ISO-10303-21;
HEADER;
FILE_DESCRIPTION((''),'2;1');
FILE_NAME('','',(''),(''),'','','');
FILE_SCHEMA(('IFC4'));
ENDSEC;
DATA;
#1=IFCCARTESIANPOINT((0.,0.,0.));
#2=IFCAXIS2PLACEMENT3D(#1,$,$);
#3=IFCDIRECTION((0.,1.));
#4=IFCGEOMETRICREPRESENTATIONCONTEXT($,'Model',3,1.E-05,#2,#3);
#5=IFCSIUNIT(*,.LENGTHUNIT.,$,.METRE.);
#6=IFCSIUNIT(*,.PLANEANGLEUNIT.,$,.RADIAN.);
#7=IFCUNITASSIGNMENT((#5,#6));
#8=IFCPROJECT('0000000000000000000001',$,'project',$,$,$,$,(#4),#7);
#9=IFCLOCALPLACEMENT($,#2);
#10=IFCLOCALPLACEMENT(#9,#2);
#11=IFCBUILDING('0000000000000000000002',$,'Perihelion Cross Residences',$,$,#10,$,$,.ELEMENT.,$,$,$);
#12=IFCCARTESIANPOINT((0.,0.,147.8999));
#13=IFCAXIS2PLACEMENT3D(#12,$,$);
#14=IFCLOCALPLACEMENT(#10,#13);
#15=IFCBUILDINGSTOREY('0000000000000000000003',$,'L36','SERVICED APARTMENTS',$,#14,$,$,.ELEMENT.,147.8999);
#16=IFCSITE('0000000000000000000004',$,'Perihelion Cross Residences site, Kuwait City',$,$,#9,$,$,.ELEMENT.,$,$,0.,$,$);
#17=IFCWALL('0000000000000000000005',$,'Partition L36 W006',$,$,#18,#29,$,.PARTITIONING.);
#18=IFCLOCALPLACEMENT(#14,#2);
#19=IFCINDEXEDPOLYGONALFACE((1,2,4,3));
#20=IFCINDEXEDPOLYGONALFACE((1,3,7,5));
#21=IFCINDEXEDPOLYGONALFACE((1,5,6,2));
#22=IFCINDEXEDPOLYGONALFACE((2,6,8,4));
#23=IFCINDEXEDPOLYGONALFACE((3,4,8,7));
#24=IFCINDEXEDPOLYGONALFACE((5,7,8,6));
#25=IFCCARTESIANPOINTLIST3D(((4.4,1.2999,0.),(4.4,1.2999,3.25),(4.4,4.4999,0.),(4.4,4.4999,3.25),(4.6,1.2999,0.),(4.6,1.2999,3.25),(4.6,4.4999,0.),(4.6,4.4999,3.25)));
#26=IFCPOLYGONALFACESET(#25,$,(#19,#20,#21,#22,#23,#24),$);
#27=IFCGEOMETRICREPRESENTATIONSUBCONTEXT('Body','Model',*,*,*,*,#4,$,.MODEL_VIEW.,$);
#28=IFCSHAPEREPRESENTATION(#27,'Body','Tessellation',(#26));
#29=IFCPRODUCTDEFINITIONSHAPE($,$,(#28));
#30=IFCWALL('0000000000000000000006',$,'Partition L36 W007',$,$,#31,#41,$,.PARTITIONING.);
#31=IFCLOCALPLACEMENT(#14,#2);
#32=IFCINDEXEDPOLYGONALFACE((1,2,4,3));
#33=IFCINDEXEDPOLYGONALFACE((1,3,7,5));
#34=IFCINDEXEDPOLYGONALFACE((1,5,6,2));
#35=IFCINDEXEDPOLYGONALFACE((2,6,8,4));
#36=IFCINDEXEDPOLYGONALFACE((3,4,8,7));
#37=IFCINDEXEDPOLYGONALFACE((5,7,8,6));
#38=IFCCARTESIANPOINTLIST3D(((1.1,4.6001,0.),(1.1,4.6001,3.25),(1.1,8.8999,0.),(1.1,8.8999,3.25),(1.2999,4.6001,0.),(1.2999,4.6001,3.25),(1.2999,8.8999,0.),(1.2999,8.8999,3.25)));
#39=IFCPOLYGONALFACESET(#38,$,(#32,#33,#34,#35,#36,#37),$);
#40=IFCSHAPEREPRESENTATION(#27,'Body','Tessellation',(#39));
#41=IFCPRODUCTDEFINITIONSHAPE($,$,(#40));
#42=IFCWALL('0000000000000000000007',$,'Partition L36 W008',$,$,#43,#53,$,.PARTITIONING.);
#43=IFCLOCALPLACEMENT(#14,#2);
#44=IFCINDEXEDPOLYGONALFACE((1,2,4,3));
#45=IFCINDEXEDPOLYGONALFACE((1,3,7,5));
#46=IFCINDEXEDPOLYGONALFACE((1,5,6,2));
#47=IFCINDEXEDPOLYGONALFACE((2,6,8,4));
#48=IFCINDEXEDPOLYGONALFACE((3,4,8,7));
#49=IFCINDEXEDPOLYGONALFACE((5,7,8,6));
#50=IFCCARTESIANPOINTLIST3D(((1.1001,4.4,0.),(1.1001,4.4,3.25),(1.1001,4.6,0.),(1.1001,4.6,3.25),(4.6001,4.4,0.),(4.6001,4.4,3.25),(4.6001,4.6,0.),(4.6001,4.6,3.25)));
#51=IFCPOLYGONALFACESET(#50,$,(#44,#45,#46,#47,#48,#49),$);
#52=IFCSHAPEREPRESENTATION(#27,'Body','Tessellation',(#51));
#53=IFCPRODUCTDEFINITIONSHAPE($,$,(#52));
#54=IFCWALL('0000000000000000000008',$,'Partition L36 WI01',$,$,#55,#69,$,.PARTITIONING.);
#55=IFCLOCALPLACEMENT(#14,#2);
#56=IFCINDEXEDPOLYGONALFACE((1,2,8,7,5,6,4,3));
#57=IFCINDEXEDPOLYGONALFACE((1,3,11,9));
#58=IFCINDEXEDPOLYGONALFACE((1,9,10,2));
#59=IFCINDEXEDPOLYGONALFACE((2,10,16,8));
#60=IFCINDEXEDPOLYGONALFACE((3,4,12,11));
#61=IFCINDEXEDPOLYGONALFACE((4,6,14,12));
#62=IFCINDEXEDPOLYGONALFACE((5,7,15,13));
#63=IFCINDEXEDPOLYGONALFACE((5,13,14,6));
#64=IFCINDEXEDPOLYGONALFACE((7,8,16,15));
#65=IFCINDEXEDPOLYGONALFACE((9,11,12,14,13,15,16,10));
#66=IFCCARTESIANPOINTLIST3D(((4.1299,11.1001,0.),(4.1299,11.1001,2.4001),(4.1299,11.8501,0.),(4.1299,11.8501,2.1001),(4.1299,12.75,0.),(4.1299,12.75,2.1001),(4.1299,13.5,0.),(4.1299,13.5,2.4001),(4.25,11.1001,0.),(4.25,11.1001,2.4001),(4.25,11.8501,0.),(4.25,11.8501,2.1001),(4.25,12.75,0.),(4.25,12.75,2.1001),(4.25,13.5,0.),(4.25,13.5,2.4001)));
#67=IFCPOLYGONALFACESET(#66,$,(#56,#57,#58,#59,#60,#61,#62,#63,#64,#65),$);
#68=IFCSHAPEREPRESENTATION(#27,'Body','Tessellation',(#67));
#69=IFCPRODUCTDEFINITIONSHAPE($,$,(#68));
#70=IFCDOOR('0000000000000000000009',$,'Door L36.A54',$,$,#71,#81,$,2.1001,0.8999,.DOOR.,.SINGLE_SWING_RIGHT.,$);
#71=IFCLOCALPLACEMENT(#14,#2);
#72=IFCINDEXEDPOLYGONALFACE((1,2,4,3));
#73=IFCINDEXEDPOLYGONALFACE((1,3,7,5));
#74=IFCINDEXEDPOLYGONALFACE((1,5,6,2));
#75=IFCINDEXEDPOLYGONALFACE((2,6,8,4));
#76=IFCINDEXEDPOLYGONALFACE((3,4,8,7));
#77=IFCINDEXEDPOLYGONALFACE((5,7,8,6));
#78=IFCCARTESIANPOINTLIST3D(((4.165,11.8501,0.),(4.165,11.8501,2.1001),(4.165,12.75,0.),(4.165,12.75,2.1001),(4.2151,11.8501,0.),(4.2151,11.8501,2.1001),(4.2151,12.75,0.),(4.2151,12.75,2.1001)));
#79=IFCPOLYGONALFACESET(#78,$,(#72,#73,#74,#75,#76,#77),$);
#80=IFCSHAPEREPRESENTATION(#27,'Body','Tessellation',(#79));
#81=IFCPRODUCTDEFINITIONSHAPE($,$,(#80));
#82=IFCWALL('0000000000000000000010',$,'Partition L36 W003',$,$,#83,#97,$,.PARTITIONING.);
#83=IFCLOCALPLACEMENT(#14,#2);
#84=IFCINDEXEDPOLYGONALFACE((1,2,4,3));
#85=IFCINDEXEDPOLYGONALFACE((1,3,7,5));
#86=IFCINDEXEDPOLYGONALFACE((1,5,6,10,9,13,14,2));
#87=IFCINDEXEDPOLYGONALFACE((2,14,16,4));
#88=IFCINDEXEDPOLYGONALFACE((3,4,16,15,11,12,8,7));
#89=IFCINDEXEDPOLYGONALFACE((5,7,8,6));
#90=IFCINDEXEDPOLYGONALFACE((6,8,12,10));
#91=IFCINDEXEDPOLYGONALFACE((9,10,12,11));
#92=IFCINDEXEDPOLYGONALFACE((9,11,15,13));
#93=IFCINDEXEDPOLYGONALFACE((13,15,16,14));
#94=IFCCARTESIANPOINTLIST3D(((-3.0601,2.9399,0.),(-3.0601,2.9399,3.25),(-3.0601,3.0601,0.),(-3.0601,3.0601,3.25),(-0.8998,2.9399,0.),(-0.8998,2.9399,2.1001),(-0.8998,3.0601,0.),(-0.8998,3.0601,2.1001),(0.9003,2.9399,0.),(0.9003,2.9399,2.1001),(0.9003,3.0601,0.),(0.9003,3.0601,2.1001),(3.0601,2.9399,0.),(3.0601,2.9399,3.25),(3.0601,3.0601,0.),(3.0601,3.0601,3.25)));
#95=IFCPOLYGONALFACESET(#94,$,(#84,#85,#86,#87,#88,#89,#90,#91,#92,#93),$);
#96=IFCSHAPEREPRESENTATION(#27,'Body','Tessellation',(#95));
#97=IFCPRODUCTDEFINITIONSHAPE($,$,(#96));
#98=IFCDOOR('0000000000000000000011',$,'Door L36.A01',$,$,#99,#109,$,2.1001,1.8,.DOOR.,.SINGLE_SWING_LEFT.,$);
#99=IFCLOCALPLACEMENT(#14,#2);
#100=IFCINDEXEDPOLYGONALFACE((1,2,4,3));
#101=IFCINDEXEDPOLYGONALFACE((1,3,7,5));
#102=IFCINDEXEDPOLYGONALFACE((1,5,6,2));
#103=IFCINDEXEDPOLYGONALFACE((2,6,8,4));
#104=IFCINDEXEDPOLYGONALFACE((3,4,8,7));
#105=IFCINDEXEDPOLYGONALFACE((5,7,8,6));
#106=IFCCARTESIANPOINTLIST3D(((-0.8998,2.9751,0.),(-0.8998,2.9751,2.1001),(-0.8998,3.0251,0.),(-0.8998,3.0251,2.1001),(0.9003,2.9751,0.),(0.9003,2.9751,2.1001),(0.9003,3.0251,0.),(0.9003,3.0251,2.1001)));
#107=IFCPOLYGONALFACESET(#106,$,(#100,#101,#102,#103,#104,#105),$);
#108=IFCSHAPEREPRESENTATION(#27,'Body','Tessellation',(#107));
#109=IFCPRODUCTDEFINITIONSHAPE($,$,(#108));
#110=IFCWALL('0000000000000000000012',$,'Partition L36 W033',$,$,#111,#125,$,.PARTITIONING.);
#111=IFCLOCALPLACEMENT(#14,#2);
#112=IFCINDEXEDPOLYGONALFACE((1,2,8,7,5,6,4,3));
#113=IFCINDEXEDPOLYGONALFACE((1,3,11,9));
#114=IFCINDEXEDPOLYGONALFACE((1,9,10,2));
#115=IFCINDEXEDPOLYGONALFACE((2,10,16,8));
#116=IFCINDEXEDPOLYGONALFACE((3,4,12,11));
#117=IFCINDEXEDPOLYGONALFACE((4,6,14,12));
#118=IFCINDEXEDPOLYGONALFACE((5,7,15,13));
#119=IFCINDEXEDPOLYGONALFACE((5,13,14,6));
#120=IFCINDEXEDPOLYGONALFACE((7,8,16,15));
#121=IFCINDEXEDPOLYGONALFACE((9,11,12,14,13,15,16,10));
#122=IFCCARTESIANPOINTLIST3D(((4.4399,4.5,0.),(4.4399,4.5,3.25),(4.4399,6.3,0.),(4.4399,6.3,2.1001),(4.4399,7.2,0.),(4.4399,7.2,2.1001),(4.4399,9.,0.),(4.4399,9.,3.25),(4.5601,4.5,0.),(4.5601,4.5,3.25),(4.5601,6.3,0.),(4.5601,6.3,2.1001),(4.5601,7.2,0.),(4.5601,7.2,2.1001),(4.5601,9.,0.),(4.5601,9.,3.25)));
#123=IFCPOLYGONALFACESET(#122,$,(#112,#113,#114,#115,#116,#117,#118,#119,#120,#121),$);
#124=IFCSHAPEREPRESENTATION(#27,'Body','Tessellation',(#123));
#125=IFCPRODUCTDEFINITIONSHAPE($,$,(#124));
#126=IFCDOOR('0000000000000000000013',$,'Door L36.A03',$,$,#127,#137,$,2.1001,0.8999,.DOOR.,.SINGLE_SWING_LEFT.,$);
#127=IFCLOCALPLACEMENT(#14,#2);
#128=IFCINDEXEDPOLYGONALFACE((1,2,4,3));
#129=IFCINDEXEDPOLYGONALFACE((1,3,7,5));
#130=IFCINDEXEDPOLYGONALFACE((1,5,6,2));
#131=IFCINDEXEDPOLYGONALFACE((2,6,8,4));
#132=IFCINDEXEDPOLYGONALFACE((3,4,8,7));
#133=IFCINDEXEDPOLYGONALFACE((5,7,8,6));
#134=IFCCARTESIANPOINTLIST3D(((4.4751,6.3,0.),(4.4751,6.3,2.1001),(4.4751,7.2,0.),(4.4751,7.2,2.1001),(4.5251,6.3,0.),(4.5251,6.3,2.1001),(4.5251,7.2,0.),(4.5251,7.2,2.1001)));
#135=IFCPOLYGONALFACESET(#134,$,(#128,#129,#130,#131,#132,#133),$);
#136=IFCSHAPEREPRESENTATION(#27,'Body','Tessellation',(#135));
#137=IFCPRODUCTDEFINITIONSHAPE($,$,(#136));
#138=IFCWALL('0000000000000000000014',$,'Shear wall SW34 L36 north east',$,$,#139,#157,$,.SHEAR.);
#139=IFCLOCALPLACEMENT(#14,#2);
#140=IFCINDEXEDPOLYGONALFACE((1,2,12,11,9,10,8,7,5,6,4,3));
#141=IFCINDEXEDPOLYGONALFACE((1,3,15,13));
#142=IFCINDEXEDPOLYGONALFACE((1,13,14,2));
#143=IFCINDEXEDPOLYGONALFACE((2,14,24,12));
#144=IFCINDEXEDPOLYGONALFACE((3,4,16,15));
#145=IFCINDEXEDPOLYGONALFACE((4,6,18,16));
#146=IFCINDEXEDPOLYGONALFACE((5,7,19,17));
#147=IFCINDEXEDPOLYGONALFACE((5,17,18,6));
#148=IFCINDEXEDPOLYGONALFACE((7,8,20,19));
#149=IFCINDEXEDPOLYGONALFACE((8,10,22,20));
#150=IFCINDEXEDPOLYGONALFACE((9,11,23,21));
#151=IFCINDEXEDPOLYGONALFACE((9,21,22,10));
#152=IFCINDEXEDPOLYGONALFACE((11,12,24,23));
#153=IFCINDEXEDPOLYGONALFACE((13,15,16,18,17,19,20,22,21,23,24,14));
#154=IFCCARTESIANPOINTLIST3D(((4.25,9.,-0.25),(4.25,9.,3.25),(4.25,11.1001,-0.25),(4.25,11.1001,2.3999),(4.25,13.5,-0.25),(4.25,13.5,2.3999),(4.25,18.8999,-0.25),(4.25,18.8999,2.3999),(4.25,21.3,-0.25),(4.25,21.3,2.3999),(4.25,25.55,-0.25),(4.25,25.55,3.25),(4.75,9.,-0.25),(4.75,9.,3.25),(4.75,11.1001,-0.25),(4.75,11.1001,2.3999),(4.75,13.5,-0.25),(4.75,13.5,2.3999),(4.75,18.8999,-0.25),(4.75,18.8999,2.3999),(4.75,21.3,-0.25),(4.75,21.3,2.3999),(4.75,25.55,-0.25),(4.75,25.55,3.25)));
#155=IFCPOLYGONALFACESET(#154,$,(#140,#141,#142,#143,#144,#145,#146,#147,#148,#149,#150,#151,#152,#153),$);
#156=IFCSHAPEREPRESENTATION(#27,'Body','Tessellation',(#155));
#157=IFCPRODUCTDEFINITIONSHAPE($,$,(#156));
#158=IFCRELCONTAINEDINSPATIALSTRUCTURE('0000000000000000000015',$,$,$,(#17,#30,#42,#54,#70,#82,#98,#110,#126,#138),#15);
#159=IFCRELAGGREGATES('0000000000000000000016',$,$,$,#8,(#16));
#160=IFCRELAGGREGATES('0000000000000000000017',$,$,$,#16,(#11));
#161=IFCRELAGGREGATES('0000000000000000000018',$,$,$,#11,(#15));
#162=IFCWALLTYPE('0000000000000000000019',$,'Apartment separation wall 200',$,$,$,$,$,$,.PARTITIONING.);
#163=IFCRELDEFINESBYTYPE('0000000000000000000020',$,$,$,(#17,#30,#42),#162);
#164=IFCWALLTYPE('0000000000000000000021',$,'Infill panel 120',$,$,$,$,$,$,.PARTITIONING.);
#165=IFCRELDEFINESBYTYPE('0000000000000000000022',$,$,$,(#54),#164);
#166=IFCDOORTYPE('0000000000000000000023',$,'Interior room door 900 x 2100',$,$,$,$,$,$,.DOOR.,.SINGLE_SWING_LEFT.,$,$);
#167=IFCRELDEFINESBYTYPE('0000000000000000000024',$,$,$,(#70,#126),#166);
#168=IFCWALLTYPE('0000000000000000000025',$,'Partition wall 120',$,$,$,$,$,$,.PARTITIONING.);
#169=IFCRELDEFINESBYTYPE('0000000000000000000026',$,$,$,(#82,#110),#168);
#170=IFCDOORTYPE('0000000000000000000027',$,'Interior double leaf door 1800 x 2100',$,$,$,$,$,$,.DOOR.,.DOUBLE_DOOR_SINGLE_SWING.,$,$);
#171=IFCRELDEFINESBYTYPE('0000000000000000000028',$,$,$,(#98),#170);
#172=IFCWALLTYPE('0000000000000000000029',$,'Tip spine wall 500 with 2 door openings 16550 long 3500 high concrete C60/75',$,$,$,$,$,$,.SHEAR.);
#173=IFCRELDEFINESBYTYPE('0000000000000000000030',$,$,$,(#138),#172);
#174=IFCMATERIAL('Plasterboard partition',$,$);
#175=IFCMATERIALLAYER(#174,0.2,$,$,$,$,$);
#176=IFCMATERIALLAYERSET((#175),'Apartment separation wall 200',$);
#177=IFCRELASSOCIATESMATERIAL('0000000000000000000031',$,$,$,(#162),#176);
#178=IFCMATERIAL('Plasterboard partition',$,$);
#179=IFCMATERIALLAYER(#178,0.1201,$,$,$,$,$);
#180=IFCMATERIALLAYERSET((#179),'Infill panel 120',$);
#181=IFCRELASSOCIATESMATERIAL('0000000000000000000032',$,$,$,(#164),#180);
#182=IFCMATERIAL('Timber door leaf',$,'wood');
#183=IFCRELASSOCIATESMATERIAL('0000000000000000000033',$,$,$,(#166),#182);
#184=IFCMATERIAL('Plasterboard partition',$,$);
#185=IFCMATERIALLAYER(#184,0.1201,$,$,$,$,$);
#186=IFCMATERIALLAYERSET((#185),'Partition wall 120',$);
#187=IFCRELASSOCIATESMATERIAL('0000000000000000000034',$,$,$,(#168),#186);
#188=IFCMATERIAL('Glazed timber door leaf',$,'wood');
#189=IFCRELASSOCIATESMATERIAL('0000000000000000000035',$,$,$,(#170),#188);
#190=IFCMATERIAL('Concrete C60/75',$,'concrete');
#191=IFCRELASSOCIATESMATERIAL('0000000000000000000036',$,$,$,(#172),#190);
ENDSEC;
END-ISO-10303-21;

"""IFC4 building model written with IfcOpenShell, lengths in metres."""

from ifc_helpers import new_model, si_unit, direction, frame, frame_2d, origin, place, context, subcontext, project, spatial, polyline, rectangle, outline, extrude, material, layer, layer_set, material_profile, profile_set, type_object, element, fill, save


model = new_model("IFC4")

# Units and contexts
model_context = context("Model", 3, precision=1e-05, world=origin(), true_north=direction((0.0, 1.0)))
body_context = subcontext(model_context, "Body", "Model", "MODEL_VIEW")
ifc_project = project(units=[si_unit("LENGTHUNIT", "METRE"), si_unit("PLANEANGLEUNIT", "RADIAN")], contexts=[model_context])

# Site, building, storey
site_placement = place(None, origin())
site = spatial("IfcSite", under=ifc_project, at=site_placement, Name="Perihelion Cross Residences site, Kuwait City", CompositionType="ELEMENT", RefElevation=0.0)
building_placement = place(site_placement, origin())
building = spatial("IfcBuilding", under=site, at=building_placement, Name="Perihelion Cross Residences", CompositionType="ELEMENT")
storey_placement = place(building_placement, frame((0.0, 0.0, 147.8999)))
storey = spatial("IfcBuildingStorey", under=building, at=storey_placement, Name="L36", Description="SERVICED APARTMENTS", CompositionType="ELEMENT", Elevation=147.8999)

# Shared definitions
ifc_material_1 = material(Name="Plasterboard partition")
ifc_layer_1 = layer(ifc_material_1, 0.2)
ifc_layer_set_1 = layer_set([ifc_layer_1], Name="Apartment separation wall 200")
wall_type_1 = type_object("IfcWallType", Name="Apartment separation wall 200", PredefinedType="PARTITIONING", material=ifc_layer_set_1)

# Walls
wall_1_placement = place(storey_placement, frame((4.5, 4.5, 0.0), z_axis=(0.0, 0.0, 1.0), x_axis=(0.0, -1.0, 0.0)))
element("IfcWall", 1, at=wall_1_placement, inside=storey, type_object=wall_type_1, Name="Partition L36 W006", PredefinedType="PARTITIONING", context=body_context, shape_type="SweptSolid", body=[
    extrude(rectangle(XDim=3.2, YDim=0.2, at=frame_2d((1.6001, 0.0))), origin(), (0.0, 0.0, 1.0), 3.25),
])
wall_2_placement = place(storey_placement, frame((1.2, 8.8999, 0.0), z_axis=(0.0, 0.0, 1.0), x_axis=(0.0, -1.0, 0.0)))
element("IfcWall", 2, at=wall_2_placement, inside=storey, type_object=wall_type_1, Name="Partition L36 W007", PredefinedType="PARTITIONING", context=body_context, shape_type="SweptSolid", body=[
    extrude(rectangle(XDim=4.2998, YDim=0.2, at=frame_2d((2.1499, 0.0))), origin(), (0.0, 0.0, 1.0), 3.25),
])
wall_3_placement = place(storey_placement, frame((1.1001, 4.5, 0.0), z_axis=(0.0, 0.0, 1.0), x_axis=(1.0, 0.0, 0.0)))
element("IfcWall", 3, at=wall_3_placement, inside=storey, type_object=wall_type_1, Name="Partition L36 W008", PredefinedType="PARTITIONING", context=body_context, shape_type="SweptSolid", body=[
    extrude(rectangle(XDim=3.5, YDim=0.2, at=frame_2d((1.75, 0.0))), origin(), (0.0, 0.0, 1.0), 3.25),
])

# Walls, openings, doors
ifc_material_2 = material(Name="Plasterboard partition")
ifc_layer_2 = layer(ifc_material_2, 0.1201)
ifc_layer_set_2 = layer_set([ifc_layer_2], Name="Infill panel 120")
wall_type_2 = type_object("IfcWallType", Name="Infill panel 120", PredefinedType="PARTITIONING", material=ifc_layer_set_2)
wall_4_placement = place(storey_placement, frame((4.1899, 11.1001, 0.0), z_axis=(0.0, 0.0, 1.0), x_axis=(0.0, 1.0, 0.0)))
wall_4 = element("IfcWall", 4, at=wall_4_placement, inside=storey, type_object=wall_type_2, Name="Partition L36 WI01", PredefinedType="PARTITIONING", context=body_context, shape_type="SweptSolid", body=[
    extrude(rectangle(XDim=2.3999, YDim=0.1201, at=frame_2d((1.2, 0.0))), origin(), (0.0, 0.0, 1.0), 2.4001),
])
opening_1_placement = place(wall_4_placement, frame((0.75, 0.0, 0.0)))
opening_1 = element("IfcOpeningElement", 5, at=opening_1_placement, cuts=wall_4, PredefinedType="OPENING", context=body_context, shape_type="SweptSolid", body=[
    extrude(rectangle(XDim=0.8999, YDim=2.1001, at=frame_2d((0.45, 1.05))), frame((0.0, 0.0701, 0.0), z_axis=(0.0, -1.0, 0.0), x_axis=(1.0, 0.0, 0.0)), (0.0, 0.0, 1.0), 0.1401),
])
ifc_material_3 = material(Name="Timber door leaf", Category="wood")
door_type_1 = type_object("IfcDoorType", Name="Interior room door 900 x 2100", OperationType="SINGLE_SWING_LEFT", PredefinedType="DOOR", material=ifc_material_3)
door_1_placement = place(opening_1_placement, origin())
door_1 = element("IfcDoor", 6, at=door_1_placement, inside=storey, type_object=door_type_1, Name="Door L36.A54", OperationType="SINGLE_SWING_RIGHT", OverallHeight=2.1001, OverallWidth=0.8999, PredefinedType="DOOR", context=body_context, shape_type="SweptSolid", body=[
    extrude(rectangle(XDim=0.8999, YDim=2.1001, at=frame_2d((0.45, 1.05))), frame((0.0, 0.0249, 0.0), z_axis=(0.0, -1.0, 0.0), x_axis=(1.0, 0.0, 0.0)), (0.0, 0.0, 1.0), 0.05),
])
fill(opening_1, door_1)
ifc_material_4 = material(Name="Plasterboard partition")
ifc_layer_3 = layer(ifc_material_4, 0.1201)
ifc_layer_set_3 = layer_set([ifc_layer_3], Name="Partition wall 120")
wall_type_3 = type_object("IfcWallType", Name="Partition wall 120", PredefinedType="PARTITIONING", material=ifc_layer_set_3)
wall_5_placement = place(storey_placement, frame((3.0601, 3.0, 0.0), z_axis=(0.0, 0.0, 1.0), x_axis=(-1.0, 0.0, 0.0)))
wall_5 = element("IfcWall", 7, at=wall_5_placement, inside=storey, type_object=wall_type_3, Name="Partition L36 W003", PredefinedType="PARTITIONING", context=body_context, shape_type="SweptSolid", body=[
    extrude(rectangle(XDim=6.1201, YDim=0.1201, at=frame_2d((3.0601, 0.0))), origin(), (0.0, 0.0, 1.0), 3.25),
])
opening_2_placement = place(wall_5_placement, frame((2.1599, 0.0, 0.0)))
opening_2 = element("IfcOpeningElement", 8, at=opening_2_placement, cuts=wall_5, PredefinedType="OPENING", context=body_context, shape_type="SweptSolid", body=[
    extrude(rectangle(XDim=1.8, YDim=2.1001, at=frame_2d((0.8999, 1.05))), frame((0.0, 0.0701, 0.0), z_axis=(0.0, -1.0, 0.0), x_axis=(1.0, 0.0, 0.0)), (0.0, 0.0, 1.0), 0.1401),
])
ifc_material_5 = material(Name="Glazed timber door leaf", Category="wood")
door_type_2 = type_object("IfcDoorType", Name="Interior double leaf door 1800 x 2100", OperationType="DOUBLE_DOOR_SINGLE_SWING", PredefinedType="DOOR", material=ifc_material_5)
door_2_placement = place(opening_2_placement, origin())
door_2 = element("IfcDoor", 9, at=door_2_placement, inside=storey, type_object=door_type_2, Name="Door L36.A01", OperationType="SINGLE_SWING_LEFT", OverallHeight=2.1001, OverallWidth=1.8, PredefinedType="DOOR", context=body_context, shape_type="SweptSolid", body=[
    extrude(rectangle(XDim=1.8, YDim=2.1001, at=frame_2d((0.8999, 1.05))), frame((0.0, 0.0249, 0.0), z_axis=(0.0, -1.0, 0.0), x_axis=(1.0, 0.0, 0.0)), (0.0, 0.0, 1.0), 0.05),
])
fill(opening_2, door_2)
wall_6_placement = place(storey_placement, frame((4.5, 4.5, 0.0), z_axis=(0.0, 0.0, 1.0), x_axis=(0.0, 1.0, 0.0)))
wall_6 = element("IfcWall", 10, at=wall_6_placement, inside=storey, type_object=wall_type_3, Name="Partition L36 W033", PredefinedType="PARTITIONING", context=body_context, shape_type="SweptSolid", body=[
    extrude(rectangle(XDim=4.5, YDim=0.1201, at=frame_2d((2.25, 0.0))), origin(), (0.0, 0.0, 1.0), 3.25),
])
opening_3_placement = place(wall_6_placement, frame((1.8, 0.0, 0.0)))
opening_3 = element("IfcOpeningElement", 11, at=opening_3_placement, cuts=wall_6, PredefinedType="OPENING", context=body_context, shape_type="SweptSolid", body=[
    extrude(rectangle(XDim=0.8999, YDim=2.1001, at=frame_2d((0.45, 1.05))), frame((0.0, 0.0701, 0.0), z_axis=(0.0, -1.0, 0.0), x_axis=(1.0, 0.0, 0.0)), (0.0, 0.0, 1.0), 0.1401),
])
door_3_placement = place(opening_3_placement, origin())
door_3 = element("IfcDoor", 12, at=door_3_placement, inside=storey, type_object=door_type_1, Name="Door L36.A03", OperationType="SINGLE_SWING_LEFT", OverallHeight=2.1001, OverallWidth=0.8999, PredefinedType="DOOR", context=body_context, shape_type="SweptSolid", body=[
    extrude(rectangle(XDim=0.8999, YDim=2.1001, at=frame_2d((0.45, 1.05))), frame((0.0, 0.0249, 0.0), z_axis=(0.0, -1.0, 0.0), x_axis=(1.0, 0.0, 0.0)), (0.0, 0.0, 1.0), 0.05),
])
fill(opening_3, door_3)

# Wall
ifc_material_6 = material(Name="Concrete C60/75", Category="concrete")
ifc_material_profile_1 = material_profile(ifc_material_6, outline(polyline([(0.0, 0.0), (2.1001, 0.0), (2.1001, 2.6499), (4.5, 2.6499), (4.5, 0.0), (9.8999, 0.0), (9.8999, 2.6499), (12.3, 2.6499), (12.3, 0.0), (16.55, 0.0), (16.55, 3.5), (0.0, 3.5), (0.0, 0.0)])), Name="Tip spine wall")
ifc_profile_set_1 = profile_set([ifc_material_profile_1], Name="Concrete C60/75")
wall_type_4 = type_object("IfcWallType", Name="Tip spine wall 500 with 2 door openings 16550 long 3500 high concrete C60/75", PredefinedType="SHEAR", material=ifc_profile_set_1)
wall_7_placement = place(storey_placement, frame((4.25, 9.0, -0.25), z_axis=(1.0, 0.0, 0.0), x_axis=(0.0, 1.0, 0.0)))
element("IfcWall", 13, at=wall_7_placement, inside=storey, type_object=wall_type_4, Name="Shear wall SW34 L36 north east", PredefinedType="SHEAR", context=body_context, shape_type="SweptSolid", body=[
    extrude(outline(polyline([(0.0, 0.0), (2.1001, 0.0), (2.1001, 2.6499), (4.5, 2.6499), (4.5, 0.0), (9.8999, 0.0), (9.8999, 2.6499), (12.3, 2.6499), (12.3, 0.0), (16.55, 0.0), (16.55, 3.5), (0.0, 3.5), (0.0, 0.0)])), origin(), (0.0, 0.0, 1.0), 0.5),
])

save(model, "model.ifc")
